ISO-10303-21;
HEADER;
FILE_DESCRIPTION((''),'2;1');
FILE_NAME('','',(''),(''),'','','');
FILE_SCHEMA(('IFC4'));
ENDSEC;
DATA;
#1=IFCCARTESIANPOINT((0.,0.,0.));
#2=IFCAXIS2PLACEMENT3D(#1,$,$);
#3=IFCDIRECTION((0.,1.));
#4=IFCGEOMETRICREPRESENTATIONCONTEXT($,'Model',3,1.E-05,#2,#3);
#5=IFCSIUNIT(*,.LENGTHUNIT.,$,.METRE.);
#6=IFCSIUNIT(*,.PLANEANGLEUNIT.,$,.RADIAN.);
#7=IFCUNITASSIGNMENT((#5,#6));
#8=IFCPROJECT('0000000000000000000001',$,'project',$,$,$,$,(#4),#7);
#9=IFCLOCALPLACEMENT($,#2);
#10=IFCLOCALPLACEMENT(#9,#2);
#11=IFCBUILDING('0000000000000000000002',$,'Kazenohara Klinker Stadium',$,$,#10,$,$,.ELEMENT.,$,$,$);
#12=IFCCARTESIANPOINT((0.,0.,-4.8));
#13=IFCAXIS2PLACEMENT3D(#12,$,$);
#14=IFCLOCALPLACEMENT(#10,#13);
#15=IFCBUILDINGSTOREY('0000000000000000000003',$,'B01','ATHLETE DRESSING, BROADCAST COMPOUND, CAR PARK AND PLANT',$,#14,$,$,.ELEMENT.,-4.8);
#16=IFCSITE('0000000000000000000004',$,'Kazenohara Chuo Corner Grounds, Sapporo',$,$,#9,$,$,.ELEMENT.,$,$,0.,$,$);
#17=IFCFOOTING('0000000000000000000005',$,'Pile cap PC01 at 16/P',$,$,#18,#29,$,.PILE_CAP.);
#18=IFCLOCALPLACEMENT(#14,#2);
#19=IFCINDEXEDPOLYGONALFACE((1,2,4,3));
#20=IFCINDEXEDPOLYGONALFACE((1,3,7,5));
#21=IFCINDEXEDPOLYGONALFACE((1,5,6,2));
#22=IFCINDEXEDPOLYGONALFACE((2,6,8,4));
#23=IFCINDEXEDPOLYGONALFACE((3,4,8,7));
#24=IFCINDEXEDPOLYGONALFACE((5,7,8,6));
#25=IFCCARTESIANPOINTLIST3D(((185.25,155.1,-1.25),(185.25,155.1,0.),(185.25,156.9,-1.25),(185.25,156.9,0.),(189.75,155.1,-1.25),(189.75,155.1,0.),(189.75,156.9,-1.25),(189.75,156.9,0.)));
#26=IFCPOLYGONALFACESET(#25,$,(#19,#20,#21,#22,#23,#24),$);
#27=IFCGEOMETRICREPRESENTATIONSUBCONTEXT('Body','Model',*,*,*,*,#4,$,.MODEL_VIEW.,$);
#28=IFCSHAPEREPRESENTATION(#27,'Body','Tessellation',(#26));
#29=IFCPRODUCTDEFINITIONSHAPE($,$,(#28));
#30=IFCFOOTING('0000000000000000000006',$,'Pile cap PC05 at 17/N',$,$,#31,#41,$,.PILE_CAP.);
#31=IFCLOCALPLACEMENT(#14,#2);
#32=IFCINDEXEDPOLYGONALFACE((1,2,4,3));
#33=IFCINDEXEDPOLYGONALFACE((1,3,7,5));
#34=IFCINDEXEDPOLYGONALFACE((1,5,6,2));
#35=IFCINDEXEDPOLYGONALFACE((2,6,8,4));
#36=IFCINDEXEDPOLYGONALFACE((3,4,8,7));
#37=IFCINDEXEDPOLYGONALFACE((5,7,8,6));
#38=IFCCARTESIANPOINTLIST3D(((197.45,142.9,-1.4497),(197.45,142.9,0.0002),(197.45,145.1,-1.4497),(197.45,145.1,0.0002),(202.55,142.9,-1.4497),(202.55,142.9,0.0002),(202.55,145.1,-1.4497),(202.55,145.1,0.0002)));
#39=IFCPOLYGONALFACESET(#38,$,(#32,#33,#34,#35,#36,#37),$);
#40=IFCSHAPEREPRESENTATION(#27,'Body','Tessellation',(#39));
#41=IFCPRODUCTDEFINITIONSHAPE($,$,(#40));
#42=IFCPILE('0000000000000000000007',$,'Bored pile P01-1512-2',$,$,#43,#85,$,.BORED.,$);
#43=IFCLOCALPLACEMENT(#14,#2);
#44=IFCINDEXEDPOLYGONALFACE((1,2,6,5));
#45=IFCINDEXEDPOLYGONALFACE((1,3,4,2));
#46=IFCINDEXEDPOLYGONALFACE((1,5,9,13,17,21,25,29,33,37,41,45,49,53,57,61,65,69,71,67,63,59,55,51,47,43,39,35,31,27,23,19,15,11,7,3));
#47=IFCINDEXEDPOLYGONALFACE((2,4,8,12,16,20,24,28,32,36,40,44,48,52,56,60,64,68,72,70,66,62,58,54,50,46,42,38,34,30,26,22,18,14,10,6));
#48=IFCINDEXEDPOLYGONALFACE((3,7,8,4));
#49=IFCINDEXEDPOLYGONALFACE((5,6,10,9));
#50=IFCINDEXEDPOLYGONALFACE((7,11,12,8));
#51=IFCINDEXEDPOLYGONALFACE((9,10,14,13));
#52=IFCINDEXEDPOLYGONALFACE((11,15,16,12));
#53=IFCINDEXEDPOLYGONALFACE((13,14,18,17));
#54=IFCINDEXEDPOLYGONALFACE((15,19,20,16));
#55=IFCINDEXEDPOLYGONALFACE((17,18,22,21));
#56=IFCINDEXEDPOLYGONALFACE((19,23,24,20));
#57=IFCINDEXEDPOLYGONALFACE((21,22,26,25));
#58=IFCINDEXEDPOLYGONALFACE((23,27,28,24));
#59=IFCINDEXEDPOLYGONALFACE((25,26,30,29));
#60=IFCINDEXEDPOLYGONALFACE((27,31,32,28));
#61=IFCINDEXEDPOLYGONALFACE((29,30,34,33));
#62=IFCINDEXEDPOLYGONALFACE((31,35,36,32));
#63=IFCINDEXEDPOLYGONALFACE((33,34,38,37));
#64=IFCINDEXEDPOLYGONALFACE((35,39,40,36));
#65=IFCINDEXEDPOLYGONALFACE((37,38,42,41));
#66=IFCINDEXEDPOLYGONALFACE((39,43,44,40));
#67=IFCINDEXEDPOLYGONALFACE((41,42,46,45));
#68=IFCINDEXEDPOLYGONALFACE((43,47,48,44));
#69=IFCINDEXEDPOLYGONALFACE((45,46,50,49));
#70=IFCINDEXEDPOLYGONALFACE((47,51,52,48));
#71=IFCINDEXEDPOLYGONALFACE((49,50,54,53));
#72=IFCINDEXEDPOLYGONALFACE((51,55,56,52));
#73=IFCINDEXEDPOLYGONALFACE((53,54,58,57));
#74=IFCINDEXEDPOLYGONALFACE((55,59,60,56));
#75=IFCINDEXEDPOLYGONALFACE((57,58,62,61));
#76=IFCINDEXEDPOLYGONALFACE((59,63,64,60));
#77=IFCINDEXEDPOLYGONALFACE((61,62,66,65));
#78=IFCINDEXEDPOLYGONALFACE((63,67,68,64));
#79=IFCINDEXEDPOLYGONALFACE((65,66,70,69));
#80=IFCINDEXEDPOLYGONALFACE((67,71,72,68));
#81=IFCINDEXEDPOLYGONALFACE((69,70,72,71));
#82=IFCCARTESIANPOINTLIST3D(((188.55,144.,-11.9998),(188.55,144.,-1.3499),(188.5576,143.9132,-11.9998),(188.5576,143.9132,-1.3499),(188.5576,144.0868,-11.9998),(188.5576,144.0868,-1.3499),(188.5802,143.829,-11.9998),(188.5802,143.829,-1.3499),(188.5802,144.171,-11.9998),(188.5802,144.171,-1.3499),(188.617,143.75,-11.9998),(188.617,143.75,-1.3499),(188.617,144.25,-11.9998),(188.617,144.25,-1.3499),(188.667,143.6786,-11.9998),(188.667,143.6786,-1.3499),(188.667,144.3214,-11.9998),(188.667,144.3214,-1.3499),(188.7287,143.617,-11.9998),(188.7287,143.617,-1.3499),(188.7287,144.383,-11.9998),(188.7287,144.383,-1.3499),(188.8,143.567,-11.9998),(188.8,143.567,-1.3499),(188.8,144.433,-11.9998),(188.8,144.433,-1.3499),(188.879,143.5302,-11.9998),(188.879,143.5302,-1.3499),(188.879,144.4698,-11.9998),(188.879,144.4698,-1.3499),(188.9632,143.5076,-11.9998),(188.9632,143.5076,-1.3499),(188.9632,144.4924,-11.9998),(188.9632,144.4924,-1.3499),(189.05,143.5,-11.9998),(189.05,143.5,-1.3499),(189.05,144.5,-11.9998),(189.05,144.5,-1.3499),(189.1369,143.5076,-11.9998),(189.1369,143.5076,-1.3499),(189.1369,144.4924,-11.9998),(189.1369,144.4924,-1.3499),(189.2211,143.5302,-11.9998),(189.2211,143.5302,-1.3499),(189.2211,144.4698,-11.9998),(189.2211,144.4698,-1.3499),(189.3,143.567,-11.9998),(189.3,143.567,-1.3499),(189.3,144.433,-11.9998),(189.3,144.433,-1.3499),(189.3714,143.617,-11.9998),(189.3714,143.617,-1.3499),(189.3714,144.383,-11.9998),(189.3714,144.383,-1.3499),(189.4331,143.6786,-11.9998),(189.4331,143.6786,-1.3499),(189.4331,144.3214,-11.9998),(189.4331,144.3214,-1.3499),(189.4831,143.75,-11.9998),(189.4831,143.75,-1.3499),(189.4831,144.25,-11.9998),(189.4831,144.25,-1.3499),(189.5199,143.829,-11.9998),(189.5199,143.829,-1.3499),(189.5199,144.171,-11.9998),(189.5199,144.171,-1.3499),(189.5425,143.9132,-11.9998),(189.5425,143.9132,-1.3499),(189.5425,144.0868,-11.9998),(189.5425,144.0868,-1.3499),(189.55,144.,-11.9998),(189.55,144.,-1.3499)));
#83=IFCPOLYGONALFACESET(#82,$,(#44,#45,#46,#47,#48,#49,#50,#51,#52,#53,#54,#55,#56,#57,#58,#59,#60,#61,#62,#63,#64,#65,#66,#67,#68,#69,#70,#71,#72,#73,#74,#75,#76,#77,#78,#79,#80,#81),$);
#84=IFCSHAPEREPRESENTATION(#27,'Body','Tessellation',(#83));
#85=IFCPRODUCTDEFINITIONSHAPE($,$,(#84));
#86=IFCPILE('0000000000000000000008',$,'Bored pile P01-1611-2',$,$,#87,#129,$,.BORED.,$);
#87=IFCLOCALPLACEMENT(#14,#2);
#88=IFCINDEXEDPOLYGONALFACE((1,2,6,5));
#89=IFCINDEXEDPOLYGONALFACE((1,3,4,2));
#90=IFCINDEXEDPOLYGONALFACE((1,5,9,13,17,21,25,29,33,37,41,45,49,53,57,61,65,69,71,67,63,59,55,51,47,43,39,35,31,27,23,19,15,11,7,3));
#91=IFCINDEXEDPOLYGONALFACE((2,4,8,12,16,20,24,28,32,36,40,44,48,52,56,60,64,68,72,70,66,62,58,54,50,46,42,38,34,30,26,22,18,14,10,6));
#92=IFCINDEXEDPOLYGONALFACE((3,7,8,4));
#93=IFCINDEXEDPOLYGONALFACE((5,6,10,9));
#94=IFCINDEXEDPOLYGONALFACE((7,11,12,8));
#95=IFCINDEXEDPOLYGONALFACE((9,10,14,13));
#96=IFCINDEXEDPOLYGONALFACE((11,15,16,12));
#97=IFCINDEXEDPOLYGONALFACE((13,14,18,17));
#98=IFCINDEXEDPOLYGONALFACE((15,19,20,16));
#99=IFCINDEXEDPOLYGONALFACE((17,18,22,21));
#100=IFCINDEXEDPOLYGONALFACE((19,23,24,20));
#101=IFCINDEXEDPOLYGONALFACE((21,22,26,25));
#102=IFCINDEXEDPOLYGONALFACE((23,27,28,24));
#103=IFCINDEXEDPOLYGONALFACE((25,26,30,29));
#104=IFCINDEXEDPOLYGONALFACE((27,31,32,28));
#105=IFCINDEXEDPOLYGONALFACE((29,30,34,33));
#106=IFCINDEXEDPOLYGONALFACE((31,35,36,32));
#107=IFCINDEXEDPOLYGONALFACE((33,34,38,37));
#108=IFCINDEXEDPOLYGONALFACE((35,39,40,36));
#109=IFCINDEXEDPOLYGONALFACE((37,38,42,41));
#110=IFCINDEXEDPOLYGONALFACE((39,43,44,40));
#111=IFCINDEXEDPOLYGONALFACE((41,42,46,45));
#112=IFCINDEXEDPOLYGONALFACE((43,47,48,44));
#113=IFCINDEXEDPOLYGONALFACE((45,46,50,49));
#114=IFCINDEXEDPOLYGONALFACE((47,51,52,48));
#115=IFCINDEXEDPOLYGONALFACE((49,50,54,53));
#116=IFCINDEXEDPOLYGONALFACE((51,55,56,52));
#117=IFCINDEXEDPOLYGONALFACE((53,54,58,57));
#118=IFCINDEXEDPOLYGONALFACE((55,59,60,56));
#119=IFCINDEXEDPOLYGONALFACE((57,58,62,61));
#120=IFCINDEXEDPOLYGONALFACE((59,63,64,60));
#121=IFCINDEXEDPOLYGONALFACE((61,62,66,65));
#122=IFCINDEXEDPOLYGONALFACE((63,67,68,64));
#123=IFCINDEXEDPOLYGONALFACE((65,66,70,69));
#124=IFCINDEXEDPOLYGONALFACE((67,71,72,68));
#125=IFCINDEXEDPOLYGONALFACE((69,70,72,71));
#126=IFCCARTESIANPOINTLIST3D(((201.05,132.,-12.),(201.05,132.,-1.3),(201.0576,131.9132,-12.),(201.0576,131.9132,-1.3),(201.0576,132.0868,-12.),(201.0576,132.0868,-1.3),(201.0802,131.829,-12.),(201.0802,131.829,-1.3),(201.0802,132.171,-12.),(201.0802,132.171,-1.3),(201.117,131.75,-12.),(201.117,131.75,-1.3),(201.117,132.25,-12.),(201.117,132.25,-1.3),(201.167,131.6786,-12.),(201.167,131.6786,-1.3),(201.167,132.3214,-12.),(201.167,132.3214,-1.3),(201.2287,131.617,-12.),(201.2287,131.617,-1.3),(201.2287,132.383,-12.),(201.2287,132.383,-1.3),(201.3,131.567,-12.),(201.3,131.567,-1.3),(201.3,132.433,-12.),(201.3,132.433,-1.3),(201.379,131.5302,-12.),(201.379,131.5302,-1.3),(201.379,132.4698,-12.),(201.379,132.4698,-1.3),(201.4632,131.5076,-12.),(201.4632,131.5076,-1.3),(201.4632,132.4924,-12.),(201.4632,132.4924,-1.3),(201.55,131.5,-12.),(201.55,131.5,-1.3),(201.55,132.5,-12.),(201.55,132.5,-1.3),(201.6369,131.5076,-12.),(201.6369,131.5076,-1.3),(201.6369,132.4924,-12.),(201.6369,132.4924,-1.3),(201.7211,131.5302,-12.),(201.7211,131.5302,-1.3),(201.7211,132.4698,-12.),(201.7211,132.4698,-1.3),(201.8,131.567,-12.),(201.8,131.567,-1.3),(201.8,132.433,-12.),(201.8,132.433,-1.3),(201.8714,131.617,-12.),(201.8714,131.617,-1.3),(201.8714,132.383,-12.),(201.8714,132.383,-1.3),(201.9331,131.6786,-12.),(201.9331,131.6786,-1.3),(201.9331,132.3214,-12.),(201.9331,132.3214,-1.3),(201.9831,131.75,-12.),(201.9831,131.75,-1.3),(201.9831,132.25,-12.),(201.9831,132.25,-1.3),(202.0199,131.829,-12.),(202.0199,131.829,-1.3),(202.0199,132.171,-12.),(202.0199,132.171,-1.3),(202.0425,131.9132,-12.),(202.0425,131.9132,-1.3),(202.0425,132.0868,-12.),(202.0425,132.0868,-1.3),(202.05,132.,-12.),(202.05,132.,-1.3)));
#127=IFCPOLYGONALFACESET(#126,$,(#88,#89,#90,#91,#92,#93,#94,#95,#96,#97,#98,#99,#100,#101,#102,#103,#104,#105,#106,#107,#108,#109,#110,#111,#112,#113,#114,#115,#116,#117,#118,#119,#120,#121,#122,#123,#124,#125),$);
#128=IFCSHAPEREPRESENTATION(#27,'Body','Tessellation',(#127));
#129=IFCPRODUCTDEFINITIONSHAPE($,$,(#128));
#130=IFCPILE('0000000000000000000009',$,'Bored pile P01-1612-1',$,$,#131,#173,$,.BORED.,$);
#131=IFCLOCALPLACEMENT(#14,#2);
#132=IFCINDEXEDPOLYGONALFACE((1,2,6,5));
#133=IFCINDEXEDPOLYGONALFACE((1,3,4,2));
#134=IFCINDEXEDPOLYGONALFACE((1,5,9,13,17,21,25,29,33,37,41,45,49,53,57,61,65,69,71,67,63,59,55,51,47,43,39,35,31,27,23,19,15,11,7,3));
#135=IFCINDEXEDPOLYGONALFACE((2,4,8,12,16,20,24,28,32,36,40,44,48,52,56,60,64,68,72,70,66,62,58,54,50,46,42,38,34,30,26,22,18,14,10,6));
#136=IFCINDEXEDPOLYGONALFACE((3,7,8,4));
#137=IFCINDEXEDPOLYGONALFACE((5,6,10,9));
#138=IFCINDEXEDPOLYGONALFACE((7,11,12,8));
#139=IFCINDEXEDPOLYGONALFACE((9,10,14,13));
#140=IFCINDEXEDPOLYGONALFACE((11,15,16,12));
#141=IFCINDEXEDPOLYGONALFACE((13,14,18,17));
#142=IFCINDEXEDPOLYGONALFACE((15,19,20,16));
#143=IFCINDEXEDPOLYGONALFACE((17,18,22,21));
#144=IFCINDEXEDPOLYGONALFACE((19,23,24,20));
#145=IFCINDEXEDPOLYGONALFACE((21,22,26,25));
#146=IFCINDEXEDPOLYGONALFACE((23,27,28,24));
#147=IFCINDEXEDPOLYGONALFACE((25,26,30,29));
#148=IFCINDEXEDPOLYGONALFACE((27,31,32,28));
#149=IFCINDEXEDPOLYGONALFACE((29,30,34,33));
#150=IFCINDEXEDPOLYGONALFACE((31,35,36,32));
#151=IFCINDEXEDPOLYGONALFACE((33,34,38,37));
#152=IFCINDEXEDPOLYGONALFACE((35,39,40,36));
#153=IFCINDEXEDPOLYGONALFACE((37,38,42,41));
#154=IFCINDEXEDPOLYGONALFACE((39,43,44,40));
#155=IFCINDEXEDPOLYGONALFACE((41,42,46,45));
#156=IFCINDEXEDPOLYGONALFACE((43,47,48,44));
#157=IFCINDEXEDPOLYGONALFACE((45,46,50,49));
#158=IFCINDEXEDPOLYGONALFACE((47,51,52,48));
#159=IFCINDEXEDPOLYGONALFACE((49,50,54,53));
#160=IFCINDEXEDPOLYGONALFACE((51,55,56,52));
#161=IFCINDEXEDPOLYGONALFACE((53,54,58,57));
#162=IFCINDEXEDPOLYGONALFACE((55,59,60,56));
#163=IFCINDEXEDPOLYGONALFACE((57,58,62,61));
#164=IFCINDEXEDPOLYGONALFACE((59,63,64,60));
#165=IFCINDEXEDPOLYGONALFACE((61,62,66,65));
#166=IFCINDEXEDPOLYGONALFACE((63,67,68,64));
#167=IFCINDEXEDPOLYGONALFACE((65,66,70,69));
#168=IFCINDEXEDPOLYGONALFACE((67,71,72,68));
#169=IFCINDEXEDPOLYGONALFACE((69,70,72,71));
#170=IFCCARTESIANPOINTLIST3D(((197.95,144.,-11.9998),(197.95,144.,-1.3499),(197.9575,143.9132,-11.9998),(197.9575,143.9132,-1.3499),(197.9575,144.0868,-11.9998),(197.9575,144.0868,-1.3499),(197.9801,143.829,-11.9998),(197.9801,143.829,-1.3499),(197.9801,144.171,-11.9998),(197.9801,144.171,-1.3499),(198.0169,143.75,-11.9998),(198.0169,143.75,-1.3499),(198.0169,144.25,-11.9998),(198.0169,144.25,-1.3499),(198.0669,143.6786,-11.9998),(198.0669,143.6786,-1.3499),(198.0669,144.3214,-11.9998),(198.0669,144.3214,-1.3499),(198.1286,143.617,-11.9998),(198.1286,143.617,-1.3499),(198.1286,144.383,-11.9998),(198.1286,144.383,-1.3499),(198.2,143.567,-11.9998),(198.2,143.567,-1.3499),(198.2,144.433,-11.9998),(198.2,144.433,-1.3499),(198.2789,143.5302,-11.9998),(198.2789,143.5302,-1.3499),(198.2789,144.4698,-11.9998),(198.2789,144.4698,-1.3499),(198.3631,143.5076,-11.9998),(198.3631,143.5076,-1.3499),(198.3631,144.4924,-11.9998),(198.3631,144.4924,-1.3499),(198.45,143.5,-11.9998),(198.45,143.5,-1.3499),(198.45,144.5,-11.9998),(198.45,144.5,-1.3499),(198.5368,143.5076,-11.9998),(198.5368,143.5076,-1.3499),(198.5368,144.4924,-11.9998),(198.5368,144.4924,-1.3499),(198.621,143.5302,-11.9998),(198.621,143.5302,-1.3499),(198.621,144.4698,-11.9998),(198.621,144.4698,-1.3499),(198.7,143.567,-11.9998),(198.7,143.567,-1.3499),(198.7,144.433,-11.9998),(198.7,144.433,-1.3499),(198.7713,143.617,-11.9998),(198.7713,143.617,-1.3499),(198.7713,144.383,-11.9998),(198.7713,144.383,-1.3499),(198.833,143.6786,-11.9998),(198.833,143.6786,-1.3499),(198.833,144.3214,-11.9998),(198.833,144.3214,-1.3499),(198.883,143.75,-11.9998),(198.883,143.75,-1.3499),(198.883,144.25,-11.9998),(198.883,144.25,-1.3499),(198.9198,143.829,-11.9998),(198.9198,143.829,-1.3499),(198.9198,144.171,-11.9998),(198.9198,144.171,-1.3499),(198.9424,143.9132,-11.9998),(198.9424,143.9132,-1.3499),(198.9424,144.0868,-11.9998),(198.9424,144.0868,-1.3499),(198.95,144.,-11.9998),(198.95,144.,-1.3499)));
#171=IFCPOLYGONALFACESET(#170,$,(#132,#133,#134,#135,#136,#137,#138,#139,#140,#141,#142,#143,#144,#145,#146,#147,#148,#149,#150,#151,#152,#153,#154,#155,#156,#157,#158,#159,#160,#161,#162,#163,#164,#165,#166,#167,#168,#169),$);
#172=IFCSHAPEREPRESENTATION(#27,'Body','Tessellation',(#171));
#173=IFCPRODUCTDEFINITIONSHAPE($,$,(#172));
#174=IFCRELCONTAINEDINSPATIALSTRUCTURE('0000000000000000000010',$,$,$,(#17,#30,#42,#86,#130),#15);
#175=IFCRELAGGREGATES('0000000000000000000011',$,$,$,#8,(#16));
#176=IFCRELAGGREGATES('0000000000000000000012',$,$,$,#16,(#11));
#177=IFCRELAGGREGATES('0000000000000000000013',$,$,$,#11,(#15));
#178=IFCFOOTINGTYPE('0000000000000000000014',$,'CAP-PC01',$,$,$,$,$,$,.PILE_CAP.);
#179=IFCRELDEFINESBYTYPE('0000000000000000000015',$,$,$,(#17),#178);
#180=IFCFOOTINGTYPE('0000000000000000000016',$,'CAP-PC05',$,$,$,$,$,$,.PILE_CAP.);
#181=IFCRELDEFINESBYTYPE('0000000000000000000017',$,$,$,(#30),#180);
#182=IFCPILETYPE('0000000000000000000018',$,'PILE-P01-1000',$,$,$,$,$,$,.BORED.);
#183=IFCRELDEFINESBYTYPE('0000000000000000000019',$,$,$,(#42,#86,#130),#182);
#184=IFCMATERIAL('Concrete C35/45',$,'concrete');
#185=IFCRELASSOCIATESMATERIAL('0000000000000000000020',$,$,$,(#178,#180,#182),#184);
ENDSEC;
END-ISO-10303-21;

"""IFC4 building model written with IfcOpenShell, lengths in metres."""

from ifc_helpers import new_model, si_unit, direction, frame, origin, origin_2d, place, context, subcontext, project, spatial, rectangle, circle, extrude, material, material_profile, profile_set, type_object, element, save


model = new_model("IFC4")

# Units and contexts
model_context = context("Model", 3, precision=1e-05, world=origin(), true_north=direction((0.0, 1.0)))
body_context = subcontext(model_context, "Body", "Model", "MODEL_VIEW")
ifc_project = project(units=[si_unit("LENGTHUNIT", "METRE"), si_unit("PLANEANGLEUNIT", "RADIAN")], contexts=[model_context])

# Site, building, storey
site_placement = place(None, origin())
site = spatial("IfcSite", under=ifc_project, at=site_placement, Name="Kazenohara Chuo Corner Grounds, Sapporo", CompositionType="ELEMENT", RefElevation=0.0)
building_placement = place(site_placement, origin())
building = spatial("IfcBuilding", under=site, at=building_placement, Name="Kazenohara Klinker Stadium", CompositionType="ELEMENT")
storey_placement = place(building_placement, frame((0.0, 0.0, -4.8)))
storey = spatial("IfcBuildingStorey", under=building, at=storey_placement, Name="B01", Description="ATHLETE DRESSING, BROADCAST COMPOUND, CAR PARK AND PLANT", CompositionType="ELEMENT", Elevation=-4.8)

# Footings
ifc_material_1 = material(Name="Concrete C35/45", Category="concrete")
footing_type_1 = type_object("IfcFootingType", Name="CAP-PC01", PredefinedType="PILE_CAP", material=ifc_material_1)
footing_1_placement = place(storey_placement, frame((187.5, 156.0, -1.25), z_axis=(0.0, 0.0, 1.0), x_axis=(1.0, 0.0, 0.0)))
element("IfcFooting", 1, at=footing_1_placement, inside=storey, type_object=footing_type_1, Name="Pile cap PC01 at 16/P", PredefinedType="PILE_CAP", context=body_context, shape_type="SweptSolid", body=[
    extrude(rectangle(XDim=4.5, YDim=1.8, at=origin_2d()), origin(), (0.0, 0.0, 1.0), 1.25),
])
footing_type_2 = type_object("IfcFootingType", Name="CAP-PC05", PredefinedType="PILE_CAP", material=ifc_material_1)
footing_2_placement = place(storey_placement, frame((200.0, 144.0, -1.4497), z_axis=(0.0, 0.0, 1.0), x_axis=(1.0, 0.0, 0.0)))
element("IfcFooting", 2, at=footing_2_placement, inside=storey, type_object=footing_type_2, Name="Pile cap PC05 at 17/N", PredefinedType="PILE_CAP", context=body_context, shape_type="SweptSolid", body=[
    extrude(rectangle(XDim=5.1001, YDim=2.2, at=origin_2d()), origin(), (0.0, 0.0, 1.0), 1.45),
])

# Piles
ifc_material_profile_1 = material_profile(ifc_material_1, circle(Radius=0.5, at=origin_2d()), Name="BORED-PILE-1000")
ifc_profile_set_1 = profile_set([ifc_material_profile_1], Name="Concrete C35/45")
pile_type = type_object("IfcPileType", Name="PILE-P01-1000", PredefinedType="BORED", material=ifc_profile_set_1)
pile_1_placement = place(storey_placement, frame((189.05, 144.0, -1.3499), z_axis=(0.0, 0.0, -1.0), x_axis=(1.0, 0.0, 0.0)))
element("IfcPile", 3, at=pile_1_placement, inside=storey, type_object=pile_type, Name="Bored pile P01-1512-2", PredefinedType="BORED", context=body_context, shape_type="SweptSolid", body=[
    extrude(circle(Radius=0.5, at=origin_2d()), origin(), (0.0, 0.0, 1.0), 10.6499),
])
pile_2_placement = place(storey_placement, frame((201.55, 132.0, -1.3), z_axis=(0.0, 0.0, -1.0), x_axis=(1.0, 0.0, 0.0)))
element("IfcPile", 4, at=pile_2_placement, inside=storey, type_object=pile_type, Name="Bored pile P01-1611-2", PredefinedType="BORED", context=body_context, shape_type="SweptSolid", body=[
    extrude(circle(Radius=0.5, at=origin_2d()), origin(), (0.0, 0.0, 1.0), 10.7),
])
for number, where, z_axis, x_axis, name in (
    (5, (198.45, 144.0, -1.3499), (0.0, 0.0, -1.0), (1.0, 0.0, 0.0), "Bored pile P01-1612-1"),
):
    element("IfcPile", number, at=place(storey_placement, frame(where, z_axis=z_axis, x_axis=x_axis)), inside=storey, type_object=pile_type, Name=name, PredefinedType="BORED", context=body_context, shape_type="SweptSolid", body=[
        extrude(circle(Radius=0.5, at=origin_2d()), origin(), (0.0, 0.0, 1.0), 10.6499),
    ])

save(model, "model.ifc")
